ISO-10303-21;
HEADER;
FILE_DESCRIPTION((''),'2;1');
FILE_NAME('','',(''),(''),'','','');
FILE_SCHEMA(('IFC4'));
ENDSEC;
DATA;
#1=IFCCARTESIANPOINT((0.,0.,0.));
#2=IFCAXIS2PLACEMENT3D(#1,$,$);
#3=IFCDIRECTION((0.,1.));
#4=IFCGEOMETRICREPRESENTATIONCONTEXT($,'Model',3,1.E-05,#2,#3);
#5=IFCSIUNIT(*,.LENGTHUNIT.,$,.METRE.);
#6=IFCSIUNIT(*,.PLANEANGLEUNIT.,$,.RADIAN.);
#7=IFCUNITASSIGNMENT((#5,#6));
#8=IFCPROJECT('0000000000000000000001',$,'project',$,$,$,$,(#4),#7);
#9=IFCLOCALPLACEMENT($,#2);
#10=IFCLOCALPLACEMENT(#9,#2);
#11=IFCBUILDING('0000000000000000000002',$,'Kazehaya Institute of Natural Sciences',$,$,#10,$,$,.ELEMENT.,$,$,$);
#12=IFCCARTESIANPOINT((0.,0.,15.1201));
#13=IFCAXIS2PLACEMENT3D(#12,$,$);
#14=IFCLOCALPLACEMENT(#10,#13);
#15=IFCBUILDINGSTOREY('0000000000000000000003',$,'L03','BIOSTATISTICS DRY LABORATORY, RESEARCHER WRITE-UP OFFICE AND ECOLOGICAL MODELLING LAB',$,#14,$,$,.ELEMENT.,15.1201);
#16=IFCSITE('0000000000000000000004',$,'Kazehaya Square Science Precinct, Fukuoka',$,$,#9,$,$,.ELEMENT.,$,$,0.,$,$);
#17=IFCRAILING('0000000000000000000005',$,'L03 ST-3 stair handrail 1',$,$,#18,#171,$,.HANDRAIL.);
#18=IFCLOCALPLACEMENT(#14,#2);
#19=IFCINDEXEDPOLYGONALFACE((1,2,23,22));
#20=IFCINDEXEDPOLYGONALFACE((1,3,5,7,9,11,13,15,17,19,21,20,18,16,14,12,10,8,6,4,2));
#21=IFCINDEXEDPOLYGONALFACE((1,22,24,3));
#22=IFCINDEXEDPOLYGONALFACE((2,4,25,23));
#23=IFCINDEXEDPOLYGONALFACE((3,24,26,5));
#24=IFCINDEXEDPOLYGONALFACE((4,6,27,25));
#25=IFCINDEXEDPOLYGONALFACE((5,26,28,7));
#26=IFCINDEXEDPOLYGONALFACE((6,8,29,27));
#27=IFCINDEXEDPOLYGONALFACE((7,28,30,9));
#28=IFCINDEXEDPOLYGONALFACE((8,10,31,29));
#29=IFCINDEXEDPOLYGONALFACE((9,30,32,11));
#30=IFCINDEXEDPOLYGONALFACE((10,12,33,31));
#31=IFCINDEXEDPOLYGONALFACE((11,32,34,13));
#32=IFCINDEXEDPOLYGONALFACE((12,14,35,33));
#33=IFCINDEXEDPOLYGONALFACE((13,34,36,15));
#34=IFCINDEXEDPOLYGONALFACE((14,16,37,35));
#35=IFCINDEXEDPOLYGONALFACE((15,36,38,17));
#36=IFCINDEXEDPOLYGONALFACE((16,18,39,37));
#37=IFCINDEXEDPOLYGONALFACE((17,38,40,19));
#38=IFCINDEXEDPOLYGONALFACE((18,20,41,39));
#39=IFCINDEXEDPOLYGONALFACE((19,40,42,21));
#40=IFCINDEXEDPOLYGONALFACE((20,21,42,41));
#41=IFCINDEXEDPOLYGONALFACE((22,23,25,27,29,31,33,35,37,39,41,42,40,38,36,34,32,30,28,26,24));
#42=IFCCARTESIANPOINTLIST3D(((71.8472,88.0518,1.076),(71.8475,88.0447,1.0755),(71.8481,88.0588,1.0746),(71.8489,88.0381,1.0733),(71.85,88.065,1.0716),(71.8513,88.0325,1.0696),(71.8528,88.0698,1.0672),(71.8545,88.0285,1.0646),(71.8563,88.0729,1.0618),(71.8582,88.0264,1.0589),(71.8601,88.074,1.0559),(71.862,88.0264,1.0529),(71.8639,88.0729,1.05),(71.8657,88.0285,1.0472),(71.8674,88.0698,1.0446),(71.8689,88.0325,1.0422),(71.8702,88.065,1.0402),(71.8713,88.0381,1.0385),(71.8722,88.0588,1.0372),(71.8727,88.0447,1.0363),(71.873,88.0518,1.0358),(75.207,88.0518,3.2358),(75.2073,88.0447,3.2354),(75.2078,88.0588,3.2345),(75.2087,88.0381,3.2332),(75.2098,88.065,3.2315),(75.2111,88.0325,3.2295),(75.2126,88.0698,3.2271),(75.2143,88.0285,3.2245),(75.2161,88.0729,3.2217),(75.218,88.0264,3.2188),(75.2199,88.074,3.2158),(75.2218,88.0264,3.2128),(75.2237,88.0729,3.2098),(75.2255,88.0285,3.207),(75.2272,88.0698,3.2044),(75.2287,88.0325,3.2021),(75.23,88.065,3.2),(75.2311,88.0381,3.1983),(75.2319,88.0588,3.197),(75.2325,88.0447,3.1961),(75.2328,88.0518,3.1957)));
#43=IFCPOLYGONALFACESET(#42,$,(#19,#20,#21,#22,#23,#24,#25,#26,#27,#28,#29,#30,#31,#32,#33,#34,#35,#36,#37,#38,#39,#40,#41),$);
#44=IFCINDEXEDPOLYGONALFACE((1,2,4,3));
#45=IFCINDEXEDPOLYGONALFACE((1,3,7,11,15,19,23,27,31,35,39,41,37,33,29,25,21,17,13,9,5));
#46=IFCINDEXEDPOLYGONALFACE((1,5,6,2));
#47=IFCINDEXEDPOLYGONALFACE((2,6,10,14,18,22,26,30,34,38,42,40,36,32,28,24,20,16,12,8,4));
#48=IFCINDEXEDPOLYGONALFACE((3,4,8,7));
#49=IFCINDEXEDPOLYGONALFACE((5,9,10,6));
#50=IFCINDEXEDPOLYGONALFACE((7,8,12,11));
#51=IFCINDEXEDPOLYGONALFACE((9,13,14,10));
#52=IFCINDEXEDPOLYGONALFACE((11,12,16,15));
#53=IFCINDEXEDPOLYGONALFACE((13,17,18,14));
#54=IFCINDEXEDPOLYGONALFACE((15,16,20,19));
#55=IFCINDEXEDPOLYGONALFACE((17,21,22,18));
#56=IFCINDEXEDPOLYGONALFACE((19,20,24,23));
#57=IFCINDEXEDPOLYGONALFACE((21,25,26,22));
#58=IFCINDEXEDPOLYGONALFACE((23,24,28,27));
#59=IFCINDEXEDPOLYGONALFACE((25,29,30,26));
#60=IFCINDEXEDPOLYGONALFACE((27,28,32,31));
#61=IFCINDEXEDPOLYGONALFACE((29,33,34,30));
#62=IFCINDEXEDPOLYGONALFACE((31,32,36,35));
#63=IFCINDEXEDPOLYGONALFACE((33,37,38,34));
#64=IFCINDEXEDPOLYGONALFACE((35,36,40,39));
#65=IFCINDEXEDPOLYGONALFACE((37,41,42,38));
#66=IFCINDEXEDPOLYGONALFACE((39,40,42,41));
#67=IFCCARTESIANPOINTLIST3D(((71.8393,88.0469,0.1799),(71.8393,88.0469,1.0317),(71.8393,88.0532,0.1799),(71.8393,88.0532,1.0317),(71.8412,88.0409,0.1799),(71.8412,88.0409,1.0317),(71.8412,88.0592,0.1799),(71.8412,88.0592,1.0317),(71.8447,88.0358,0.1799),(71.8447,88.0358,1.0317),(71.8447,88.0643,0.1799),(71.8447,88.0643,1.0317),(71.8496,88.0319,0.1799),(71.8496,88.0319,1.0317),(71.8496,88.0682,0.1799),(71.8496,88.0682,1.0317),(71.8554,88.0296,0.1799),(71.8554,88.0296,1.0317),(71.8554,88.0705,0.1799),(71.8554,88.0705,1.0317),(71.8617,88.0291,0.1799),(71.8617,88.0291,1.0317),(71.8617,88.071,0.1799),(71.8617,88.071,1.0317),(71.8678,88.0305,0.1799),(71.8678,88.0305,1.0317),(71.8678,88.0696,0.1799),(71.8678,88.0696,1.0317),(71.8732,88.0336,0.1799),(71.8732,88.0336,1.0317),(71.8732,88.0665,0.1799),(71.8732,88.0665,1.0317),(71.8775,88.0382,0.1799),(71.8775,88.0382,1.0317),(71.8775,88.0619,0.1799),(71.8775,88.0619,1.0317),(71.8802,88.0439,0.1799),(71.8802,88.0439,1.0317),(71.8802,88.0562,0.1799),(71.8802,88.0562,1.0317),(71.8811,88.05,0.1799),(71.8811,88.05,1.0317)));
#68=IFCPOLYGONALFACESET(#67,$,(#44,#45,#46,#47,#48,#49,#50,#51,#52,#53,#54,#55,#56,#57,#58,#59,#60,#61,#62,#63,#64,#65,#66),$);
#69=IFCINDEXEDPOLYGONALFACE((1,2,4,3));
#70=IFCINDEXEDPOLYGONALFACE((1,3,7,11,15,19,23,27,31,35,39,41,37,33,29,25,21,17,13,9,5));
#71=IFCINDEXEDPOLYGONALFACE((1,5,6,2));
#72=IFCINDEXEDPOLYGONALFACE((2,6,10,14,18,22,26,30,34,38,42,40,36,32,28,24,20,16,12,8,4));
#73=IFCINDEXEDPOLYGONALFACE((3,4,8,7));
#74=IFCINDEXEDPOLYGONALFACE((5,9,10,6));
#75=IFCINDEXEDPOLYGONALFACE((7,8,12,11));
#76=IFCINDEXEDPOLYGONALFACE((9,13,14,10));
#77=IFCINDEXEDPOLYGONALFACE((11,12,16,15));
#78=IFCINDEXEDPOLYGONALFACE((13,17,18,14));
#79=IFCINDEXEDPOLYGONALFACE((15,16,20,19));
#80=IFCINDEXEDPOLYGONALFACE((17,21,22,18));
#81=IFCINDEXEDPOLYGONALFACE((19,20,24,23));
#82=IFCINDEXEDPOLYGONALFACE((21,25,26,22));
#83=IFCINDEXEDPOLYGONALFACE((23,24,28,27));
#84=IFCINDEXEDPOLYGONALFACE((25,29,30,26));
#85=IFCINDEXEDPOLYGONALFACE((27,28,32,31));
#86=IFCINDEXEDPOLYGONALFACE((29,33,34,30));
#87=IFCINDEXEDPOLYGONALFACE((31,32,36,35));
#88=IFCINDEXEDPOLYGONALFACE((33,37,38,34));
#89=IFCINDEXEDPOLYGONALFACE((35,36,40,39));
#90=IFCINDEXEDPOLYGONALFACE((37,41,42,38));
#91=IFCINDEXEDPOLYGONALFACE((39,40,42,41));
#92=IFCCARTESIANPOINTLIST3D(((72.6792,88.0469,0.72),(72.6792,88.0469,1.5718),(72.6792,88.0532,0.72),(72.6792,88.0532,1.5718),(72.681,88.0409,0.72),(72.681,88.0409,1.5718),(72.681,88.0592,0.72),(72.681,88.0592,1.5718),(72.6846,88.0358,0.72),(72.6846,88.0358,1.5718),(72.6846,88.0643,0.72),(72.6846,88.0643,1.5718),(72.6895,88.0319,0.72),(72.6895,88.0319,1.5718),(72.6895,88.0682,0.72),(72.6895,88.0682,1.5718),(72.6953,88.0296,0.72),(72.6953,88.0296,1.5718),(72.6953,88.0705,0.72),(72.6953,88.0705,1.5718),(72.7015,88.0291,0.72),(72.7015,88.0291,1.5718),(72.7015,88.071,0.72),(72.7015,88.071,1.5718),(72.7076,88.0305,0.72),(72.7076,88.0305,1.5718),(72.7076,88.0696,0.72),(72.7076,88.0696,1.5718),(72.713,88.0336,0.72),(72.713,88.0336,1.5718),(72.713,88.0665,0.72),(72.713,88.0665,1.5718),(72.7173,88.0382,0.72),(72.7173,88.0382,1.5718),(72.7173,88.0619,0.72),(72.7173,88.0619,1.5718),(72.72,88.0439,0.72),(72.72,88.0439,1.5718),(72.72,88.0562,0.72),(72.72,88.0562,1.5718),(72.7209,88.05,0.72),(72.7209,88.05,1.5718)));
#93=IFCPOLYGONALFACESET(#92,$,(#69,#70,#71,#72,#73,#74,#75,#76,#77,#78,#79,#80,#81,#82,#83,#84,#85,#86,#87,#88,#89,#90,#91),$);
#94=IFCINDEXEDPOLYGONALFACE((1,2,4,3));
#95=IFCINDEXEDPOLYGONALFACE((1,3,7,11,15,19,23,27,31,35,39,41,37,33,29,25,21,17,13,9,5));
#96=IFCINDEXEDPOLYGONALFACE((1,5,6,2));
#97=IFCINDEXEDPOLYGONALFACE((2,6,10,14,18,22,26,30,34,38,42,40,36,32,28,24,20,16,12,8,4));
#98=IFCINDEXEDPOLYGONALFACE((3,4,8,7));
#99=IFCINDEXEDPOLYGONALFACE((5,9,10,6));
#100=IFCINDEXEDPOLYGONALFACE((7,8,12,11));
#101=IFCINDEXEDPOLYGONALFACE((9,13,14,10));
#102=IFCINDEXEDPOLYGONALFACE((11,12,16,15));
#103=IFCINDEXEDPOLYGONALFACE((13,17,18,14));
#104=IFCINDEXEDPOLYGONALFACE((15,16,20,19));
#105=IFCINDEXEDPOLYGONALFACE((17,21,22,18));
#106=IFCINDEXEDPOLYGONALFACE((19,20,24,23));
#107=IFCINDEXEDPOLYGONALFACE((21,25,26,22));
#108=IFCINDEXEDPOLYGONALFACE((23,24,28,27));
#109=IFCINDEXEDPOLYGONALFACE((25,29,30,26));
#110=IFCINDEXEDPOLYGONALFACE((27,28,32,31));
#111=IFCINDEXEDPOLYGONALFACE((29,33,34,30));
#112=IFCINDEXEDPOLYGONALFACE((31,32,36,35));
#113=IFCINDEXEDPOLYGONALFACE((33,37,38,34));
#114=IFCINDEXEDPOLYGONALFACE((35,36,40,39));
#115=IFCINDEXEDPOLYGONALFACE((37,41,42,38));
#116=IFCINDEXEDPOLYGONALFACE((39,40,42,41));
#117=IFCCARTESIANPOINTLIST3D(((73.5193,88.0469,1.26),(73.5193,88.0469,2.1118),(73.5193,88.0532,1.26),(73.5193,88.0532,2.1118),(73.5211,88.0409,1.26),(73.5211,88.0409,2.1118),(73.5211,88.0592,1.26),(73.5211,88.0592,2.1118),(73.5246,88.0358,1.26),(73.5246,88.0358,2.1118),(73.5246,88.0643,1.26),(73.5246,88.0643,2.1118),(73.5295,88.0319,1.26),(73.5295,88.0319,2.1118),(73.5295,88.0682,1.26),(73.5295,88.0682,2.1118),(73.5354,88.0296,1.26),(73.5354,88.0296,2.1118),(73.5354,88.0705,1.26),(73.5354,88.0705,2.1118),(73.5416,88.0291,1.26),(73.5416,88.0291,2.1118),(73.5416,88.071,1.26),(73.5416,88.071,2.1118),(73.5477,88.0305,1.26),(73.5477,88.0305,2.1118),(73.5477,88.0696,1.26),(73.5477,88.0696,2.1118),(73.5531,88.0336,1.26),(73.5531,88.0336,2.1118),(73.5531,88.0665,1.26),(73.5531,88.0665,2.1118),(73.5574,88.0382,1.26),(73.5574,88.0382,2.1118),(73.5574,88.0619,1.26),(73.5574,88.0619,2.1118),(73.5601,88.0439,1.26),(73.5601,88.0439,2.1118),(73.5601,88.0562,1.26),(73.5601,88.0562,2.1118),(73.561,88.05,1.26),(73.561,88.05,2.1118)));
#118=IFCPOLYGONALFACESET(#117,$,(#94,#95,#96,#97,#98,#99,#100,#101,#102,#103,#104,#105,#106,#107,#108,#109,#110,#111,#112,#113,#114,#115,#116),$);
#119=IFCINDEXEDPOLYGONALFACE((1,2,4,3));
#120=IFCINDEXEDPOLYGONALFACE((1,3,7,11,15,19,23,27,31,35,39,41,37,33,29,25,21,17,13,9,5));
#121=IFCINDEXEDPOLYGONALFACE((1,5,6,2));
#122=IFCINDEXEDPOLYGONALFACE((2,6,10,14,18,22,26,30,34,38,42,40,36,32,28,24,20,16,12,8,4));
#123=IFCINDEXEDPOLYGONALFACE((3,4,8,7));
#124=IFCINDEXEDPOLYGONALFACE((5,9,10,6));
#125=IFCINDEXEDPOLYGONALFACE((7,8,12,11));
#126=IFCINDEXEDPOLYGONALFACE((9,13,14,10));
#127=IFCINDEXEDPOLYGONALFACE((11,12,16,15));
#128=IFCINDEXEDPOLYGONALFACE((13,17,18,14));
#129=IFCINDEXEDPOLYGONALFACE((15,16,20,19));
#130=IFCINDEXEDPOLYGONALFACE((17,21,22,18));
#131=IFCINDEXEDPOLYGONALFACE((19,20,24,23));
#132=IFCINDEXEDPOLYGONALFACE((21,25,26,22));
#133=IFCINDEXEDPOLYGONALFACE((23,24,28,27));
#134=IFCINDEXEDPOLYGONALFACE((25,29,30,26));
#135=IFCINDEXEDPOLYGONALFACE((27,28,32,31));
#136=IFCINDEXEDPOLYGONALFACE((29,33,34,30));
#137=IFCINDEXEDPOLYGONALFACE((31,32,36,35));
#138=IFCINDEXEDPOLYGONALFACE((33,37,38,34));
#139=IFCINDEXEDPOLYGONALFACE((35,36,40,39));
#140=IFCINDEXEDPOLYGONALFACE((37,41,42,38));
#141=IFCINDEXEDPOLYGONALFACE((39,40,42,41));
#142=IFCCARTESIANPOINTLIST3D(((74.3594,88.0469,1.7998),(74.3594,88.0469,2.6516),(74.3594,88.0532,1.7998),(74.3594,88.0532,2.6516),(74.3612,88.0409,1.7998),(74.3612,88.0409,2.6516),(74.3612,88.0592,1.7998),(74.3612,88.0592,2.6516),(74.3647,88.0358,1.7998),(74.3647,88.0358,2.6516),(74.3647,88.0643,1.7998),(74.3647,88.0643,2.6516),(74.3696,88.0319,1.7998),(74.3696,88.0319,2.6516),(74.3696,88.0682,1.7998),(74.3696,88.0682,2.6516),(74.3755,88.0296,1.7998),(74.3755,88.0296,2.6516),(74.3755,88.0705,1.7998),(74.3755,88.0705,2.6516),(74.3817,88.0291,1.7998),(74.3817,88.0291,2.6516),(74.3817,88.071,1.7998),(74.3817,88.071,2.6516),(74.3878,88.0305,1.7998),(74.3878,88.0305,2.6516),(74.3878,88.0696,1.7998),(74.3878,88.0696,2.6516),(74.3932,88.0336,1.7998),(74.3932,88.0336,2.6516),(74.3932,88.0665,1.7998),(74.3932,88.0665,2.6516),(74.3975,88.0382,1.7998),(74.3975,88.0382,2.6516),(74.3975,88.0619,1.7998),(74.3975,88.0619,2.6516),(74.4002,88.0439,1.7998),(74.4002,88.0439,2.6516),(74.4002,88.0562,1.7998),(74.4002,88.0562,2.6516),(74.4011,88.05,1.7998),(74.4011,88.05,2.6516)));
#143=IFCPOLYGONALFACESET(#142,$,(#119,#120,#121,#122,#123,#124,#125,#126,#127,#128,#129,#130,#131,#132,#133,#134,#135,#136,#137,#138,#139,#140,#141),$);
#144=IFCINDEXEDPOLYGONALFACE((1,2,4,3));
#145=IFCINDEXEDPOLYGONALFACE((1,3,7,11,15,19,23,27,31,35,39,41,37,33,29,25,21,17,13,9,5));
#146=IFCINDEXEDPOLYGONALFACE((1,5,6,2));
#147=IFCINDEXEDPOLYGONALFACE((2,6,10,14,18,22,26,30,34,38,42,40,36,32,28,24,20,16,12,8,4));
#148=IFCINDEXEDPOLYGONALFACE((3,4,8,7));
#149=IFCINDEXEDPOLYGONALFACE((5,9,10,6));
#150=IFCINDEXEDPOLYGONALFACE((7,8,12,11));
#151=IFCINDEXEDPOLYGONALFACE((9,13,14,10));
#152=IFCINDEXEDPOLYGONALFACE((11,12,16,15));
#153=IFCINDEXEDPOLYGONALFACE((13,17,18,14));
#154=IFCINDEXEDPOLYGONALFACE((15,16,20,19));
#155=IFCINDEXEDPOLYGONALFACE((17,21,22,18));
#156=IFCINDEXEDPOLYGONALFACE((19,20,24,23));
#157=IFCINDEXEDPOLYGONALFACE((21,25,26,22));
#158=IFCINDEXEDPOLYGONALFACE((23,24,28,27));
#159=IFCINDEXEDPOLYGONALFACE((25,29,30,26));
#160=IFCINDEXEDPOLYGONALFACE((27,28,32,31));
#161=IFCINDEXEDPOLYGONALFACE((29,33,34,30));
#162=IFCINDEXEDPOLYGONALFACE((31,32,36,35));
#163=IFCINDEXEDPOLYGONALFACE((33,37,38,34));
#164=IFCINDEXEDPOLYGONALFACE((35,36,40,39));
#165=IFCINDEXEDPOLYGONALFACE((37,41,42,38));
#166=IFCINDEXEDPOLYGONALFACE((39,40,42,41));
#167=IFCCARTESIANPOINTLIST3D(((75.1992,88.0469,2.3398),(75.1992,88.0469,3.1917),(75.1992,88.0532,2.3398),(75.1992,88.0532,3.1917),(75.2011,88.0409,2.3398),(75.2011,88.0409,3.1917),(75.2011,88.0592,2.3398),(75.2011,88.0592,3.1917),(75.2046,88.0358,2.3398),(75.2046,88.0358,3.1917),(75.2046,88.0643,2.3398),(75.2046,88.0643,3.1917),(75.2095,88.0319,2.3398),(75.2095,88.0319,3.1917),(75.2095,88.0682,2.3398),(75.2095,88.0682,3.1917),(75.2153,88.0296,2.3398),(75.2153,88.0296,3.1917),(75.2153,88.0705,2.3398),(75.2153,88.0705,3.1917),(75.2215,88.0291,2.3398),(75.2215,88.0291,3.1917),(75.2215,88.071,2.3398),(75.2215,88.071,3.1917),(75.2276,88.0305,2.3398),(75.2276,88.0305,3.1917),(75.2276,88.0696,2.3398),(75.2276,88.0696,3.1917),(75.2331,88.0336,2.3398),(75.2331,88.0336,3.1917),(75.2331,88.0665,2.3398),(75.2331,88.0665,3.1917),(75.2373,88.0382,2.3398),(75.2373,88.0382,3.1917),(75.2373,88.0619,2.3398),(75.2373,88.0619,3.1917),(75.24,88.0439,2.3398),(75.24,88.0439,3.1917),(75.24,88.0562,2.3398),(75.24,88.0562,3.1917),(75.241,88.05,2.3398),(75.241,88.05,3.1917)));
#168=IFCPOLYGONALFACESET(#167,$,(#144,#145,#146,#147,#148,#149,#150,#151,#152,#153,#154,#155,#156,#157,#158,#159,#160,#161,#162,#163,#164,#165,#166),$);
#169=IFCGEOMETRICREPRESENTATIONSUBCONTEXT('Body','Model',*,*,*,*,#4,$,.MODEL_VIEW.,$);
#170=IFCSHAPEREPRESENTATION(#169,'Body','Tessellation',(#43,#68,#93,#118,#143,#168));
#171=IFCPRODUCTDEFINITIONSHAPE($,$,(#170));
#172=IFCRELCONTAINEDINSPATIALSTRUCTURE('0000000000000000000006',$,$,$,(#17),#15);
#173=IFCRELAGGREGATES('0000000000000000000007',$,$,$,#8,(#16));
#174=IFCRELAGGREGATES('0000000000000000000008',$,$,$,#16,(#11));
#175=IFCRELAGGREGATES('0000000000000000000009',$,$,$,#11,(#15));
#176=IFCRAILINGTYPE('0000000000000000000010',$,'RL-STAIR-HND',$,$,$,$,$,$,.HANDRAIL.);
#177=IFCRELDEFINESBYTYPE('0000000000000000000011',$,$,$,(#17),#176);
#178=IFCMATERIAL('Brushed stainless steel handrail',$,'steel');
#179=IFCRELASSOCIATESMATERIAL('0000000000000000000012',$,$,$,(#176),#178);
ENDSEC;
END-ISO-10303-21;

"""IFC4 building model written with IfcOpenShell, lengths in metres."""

from ifc_helpers import new_model, si_unit, direction, frame, origin, origin_2d, place, context, subcontext, project, spatial, circle, extrude, material, type_object, element, save


model = new_model("IFC4")

# Units and contexts
model_context = context("Model", 3, precision=1e-05, world=origin(), true_north=direction((0.0, 1.0)))
body_context = subcontext(model_context, "Body", "Model", "MODEL_VIEW")
ifc_project = project(units=[si_unit("LENGTHUNIT", "METRE"), si_unit("PLANEANGLEUNIT", "RADIAN")], contexts=[model_context])

# Site, building, storey
site_placement = place(None, origin())
site = spatial("IfcSite", under=ifc_project, at=site_placement, Name="Kazehaya Square Science Precinct, Fukuoka", CompositionType="ELEMENT", RefElevation=0.0)
building_placement = place(site_placement, origin())
building = spatial("IfcBuilding", under=site, at=building_placement, Name="Kazehaya Institute of Natural Sciences", CompositionType="ELEMENT")
storey_placement = place(building_placement, frame((0.0, 0.0, 15.1201)))
storey = spatial("IfcBuildingStorey", under=building, at=storey_placement, Name="L03", Description="BIOSTATISTICS DRY LABORATORY, RESEARCHER WRITE-UP OFFICE AND ECOLOGICAL MODELLING LAB", CompositionType="ELEMENT", Elevation=15.1201)

# Railing
ifc_material_1 = material(Name="Brushed stainless steel handrail", Category="steel")
railing_type_1 = type_object("IfcRailingType", Name="RL-STAIR-HND", PredefinedType="HANDRAIL", material=ifc_material_1)
railing_1_placement = place(storey_placement, frame((71.8601, 88.05, 0.1799)))
element("IfcRailing", 1, at=railing_1_placement, inside=storey, type_object=railing_type_1, Name="L03 ST-3 stair handrail 1", PredefinedType="HANDRAIL", context=body_context, shape_type="SweptSolid", body=[
    extrude(circle(Radius=0.0239, at=origin_2d()), frame((0.0, 0.0, 0.876), z_axis=(0.841178, 0.0, 0.540758), x_axis=(0.0, 1.0, 0.0)), (0.0, 0.0, 1.0), 3.9941),
    extrude(circle(Radius=0.021, at=origin_2d()), origin(), (0.0, 0.0, 1.0), 0.8518),
    extrude(circle(Radius=0.021, at=origin_2d()), frame((0.8398, 0.0, 0.54)), (0.0, 0.0, 1.0), 0.8518),
    extrude(circle(Radius=0.021, at=origin_2d()), frame((1.6799, 0.0, 1.0801)), (0.0, 0.0, 1.0), 0.8518),
    extrude(circle(Radius=0.021, at=origin_2d()), frame((2.52, 0.0, 1.6199)), (0.0, 0.0, 1.0), 0.8518),
    extrude(circle(Radius=0.021, at=origin_2d()), frame((3.3599, 0.0, 2.1599)), (0.0, 0.0, 1.0), 0.8518),
])

save(model, "model.ifc")
